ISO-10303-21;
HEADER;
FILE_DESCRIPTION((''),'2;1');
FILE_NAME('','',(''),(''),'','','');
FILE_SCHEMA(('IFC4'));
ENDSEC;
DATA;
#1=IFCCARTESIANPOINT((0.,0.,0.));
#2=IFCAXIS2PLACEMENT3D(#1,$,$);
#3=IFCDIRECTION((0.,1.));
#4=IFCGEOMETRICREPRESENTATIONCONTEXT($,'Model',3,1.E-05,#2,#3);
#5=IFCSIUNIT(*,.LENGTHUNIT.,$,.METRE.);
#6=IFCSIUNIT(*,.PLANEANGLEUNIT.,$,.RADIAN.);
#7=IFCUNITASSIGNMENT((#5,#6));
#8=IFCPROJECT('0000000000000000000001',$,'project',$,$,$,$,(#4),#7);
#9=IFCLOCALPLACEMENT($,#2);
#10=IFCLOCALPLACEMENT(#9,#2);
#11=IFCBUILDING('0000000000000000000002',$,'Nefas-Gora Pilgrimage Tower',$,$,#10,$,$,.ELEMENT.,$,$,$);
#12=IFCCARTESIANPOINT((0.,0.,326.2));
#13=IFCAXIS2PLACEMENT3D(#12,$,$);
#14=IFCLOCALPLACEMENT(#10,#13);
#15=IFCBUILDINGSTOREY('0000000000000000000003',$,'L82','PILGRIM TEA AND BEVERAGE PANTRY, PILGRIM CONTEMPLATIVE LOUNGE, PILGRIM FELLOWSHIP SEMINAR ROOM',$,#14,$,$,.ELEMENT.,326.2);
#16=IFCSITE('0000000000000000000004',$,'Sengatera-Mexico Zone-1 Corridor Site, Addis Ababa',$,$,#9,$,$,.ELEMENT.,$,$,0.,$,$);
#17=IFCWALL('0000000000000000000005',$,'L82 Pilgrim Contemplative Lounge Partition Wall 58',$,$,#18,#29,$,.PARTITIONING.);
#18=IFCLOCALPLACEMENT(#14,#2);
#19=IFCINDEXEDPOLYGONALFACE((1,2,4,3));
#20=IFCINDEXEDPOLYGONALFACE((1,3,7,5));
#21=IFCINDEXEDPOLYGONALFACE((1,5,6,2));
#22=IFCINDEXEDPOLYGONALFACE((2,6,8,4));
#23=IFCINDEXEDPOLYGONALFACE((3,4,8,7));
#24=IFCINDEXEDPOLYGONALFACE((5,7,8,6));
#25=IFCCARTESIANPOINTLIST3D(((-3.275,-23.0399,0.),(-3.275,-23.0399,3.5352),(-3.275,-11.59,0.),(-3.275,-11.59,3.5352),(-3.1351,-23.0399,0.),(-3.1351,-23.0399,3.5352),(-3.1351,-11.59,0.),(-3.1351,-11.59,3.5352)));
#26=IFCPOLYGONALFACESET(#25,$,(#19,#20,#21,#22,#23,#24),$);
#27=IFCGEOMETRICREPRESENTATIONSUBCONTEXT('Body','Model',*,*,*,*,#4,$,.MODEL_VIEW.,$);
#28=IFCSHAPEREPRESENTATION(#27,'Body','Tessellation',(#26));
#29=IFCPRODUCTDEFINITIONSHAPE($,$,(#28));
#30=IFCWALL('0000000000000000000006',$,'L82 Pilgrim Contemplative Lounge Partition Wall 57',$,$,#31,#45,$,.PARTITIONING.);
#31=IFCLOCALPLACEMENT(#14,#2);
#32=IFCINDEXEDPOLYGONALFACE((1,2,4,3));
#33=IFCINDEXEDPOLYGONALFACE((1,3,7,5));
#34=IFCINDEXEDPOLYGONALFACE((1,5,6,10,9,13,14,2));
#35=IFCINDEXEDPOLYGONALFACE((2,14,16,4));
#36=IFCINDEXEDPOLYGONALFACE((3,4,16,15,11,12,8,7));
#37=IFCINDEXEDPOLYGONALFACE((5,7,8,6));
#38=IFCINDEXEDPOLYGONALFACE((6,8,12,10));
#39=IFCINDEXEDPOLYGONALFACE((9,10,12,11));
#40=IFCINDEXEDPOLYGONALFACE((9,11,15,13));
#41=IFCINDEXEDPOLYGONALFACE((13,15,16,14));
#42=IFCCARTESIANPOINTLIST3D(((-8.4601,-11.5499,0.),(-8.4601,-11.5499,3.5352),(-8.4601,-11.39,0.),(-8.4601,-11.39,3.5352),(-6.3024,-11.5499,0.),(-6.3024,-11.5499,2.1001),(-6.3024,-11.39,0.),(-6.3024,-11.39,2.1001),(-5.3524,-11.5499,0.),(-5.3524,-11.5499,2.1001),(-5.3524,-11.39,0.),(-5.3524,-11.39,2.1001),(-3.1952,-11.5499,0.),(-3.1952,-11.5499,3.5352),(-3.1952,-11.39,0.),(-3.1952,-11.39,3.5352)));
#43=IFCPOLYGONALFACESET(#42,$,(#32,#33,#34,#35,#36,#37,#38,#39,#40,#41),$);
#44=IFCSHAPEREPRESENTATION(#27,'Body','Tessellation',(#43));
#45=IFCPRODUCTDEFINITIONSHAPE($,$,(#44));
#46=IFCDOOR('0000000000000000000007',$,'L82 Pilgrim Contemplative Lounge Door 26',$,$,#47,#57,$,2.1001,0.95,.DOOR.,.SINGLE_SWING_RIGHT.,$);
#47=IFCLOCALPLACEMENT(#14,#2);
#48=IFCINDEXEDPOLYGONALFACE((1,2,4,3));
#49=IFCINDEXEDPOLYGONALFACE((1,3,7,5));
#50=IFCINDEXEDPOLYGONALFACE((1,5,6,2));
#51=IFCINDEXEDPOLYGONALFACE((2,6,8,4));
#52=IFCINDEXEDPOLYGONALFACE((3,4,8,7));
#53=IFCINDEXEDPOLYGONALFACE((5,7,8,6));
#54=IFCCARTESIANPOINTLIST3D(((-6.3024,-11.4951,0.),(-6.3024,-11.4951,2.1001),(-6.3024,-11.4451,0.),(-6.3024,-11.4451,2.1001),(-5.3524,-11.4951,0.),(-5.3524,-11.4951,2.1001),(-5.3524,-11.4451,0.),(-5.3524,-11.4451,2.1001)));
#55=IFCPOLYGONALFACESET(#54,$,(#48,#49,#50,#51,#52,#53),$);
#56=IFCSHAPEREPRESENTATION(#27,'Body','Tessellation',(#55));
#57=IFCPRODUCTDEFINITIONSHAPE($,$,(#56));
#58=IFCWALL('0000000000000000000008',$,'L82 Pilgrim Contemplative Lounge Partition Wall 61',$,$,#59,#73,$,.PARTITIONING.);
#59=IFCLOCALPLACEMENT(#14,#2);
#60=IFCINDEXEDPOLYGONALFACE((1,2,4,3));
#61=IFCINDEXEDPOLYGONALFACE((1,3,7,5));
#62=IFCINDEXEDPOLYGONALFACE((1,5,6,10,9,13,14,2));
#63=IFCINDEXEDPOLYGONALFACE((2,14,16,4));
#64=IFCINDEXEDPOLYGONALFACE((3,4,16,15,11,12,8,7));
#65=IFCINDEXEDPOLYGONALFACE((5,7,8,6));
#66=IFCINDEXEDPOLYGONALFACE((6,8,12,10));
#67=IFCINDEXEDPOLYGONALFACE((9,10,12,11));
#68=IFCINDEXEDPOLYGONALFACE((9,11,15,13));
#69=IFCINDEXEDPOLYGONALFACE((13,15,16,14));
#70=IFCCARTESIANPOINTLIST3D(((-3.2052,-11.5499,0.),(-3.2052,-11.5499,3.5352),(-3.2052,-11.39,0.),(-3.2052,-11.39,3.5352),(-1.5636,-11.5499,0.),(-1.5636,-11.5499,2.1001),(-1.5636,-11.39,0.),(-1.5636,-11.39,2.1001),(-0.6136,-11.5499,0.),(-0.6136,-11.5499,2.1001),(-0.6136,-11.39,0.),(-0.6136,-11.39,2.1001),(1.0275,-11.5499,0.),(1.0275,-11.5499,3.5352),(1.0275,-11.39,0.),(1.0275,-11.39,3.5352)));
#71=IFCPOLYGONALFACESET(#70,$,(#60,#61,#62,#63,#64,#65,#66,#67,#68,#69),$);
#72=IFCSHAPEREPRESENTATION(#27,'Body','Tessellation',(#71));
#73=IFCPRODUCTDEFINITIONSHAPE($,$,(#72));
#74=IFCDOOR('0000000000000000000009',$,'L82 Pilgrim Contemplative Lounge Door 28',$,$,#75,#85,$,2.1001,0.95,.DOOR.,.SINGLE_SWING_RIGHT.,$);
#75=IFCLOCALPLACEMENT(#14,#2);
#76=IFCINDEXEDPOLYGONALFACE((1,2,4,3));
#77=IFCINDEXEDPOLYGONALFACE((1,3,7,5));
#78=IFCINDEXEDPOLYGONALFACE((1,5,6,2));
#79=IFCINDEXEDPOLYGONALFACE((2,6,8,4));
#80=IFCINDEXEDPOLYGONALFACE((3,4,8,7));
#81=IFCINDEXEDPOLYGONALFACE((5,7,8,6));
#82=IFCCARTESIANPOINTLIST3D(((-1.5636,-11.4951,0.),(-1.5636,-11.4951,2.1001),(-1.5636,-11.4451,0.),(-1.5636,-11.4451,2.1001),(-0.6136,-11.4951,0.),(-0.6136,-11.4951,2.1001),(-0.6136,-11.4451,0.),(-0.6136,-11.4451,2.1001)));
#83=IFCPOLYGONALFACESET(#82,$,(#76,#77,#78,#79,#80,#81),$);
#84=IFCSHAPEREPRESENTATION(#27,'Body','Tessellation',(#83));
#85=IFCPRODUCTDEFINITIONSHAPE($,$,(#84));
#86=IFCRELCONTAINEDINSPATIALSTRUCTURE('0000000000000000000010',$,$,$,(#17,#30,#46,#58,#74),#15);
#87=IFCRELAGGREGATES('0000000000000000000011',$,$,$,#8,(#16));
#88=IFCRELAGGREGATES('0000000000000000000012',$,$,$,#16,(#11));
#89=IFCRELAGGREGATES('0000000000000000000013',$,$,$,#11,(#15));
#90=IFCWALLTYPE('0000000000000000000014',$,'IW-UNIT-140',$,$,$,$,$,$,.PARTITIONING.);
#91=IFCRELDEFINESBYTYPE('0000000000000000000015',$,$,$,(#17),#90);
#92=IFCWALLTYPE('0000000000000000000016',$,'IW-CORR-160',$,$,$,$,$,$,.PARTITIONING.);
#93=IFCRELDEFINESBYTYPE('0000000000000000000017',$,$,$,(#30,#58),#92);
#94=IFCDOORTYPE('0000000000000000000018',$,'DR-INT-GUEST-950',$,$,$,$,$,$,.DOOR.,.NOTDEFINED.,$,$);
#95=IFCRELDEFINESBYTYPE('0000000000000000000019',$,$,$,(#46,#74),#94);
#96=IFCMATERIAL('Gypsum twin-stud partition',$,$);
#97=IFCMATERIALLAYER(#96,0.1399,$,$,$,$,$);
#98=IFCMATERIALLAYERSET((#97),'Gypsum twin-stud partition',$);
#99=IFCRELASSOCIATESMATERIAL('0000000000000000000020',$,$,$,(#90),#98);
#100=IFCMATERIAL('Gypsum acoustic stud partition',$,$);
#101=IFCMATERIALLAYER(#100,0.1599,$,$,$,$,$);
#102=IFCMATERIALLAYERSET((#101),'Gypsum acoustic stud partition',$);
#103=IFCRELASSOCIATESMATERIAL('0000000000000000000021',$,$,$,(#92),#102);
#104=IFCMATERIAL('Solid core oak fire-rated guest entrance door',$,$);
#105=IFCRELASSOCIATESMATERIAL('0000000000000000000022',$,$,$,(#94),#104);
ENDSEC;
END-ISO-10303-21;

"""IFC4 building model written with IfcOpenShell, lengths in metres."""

from ifc_helpers import new_model, si_unit, direction, frame, frame_2d, origin, place, context, subcontext, project, spatial, rectangle, extrude, source, transform, mapped, material, layer, layer_set, type_object, element, fill, save


model = new_model("IFC4")

# Units and contexts
model_context = context("Model", 3, precision=1e-05, world=origin(), true_north=direction((0.0, 1.0)))
body_context = subcontext(model_context, "Body", "Model", "MODEL_VIEW")
ifc_project = project(units=[si_unit("LENGTHUNIT", "METRE"), si_unit("PLANEANGLEUNIT", "RADIAN")], contexts=[model_context])

# Site, building, storey
site_placement = place(None, origin())
site = spatial("IfcSite", under=ifc_project, at=site_placement, Name="Sengatera-Mexico Zone-1 Corridor Site, Addis Ababa", CompositionType="ELEMENT", RefElevation=0.0)
building_placement = place(site_placement, origin())
building = spatial("IfcBuilding", under=site, at=building_placement, Name="Nefas-Gora Pilgrimage Tower", CompositionType="ELEMENT")
storey_placement = place(building_placement, frame((0.0, 0.0, 326.2)))
storey = spatial("IfcBuildingStorey", under=building, at=storey_placement, Name="L82", Description="PILGRIM TEA AND BEVERAGE PANTRY, PILGRIM CONTEMPLATIVE LOUNGE, PILGRIM FELLOWSHIP SEMINAR ROOM", CompositionType="ELEMENT", Elevation=326.2)

# Wall
ifc_material_1 = material(Name="Gypsum twin-stud partition")
ifc_layer_1 = layer(ifc_material_1, 0.1399)
ifc_layer_set_1 = layer_set([ifc_layer_1], Name="Gypsum twin-stud partition")
wall_type_1 = type_object("IfcWallType", Name="IW-UNIT-140", PredefinedType="PARTITIONING", material=ifc_layer_set_1)
shared_shape_1 = source(origin(), body_context, "Body", "SweptSolid", [
    extrude(rectangle(XDim=11.45, YDim=0.1399, at=frame_2d((5.7251, 0.0))), origin(), (0.0, 0.0, 1.0), 3.5352),
])
for number, where, z_axis, x_axis, name in (
    (1, (-3.2051, -23.04, 0.0), (0.0, 0.0, 1.0), (0.0, 1.0, 0.0), "L82 Pilgrim Contemplative Lounge Partition Wall 58"),
):
    element("IfcWall", number, at=place(storey_placement, frame(where, z_axis=z_axis, x_axis=x_axis)), inside=storey, type_object=wall_type_1, Name=name, PredefinedType="PARTITIONING", context=body_context, shape_type="MappedRepresentation", body=[
        mapped(shared_shape_1, transform((0.0, 0.0, 0.0), x_axis=(1.0, 0.0, 0.0), y_axis=(0.0, 1.0, 0.0), z_axis=(0.0, 0.0, 1.0), scale=1.0)),
    ])

# Walls, openings, doors
ifc_material_2 = material(Name="Gypsum acoustic stud partition")
ifc_layer_2 = layer(ifc_material_2, 0.1599)
ifc_layer_set_2 = layer_set([ifc_layer_2], Name="Gypsum acoustic stud partition")
wall_type_2 = type_object("IfcWallType", Name="IW-CORR-160", PredefinedType="PARTITIONING", material=ifc_layer_set_2)
shared_shape_2 = source(origin(), body_context, "Body", "SweptSolid", [
    extrude(rectangle(XDim=5.2649, YDim=0.1599, at=frame_2d((2.6323, 0.0))), origin(), (0.0, 0.0, 1.0), 3.5352),
])
wall_1_placement = place(storey_placement, frame((-8.46, -11.47, 0.0), z_axis=(0.0, 0.0, 1.0), x_axis=(1.0, 0.0, 0.0)))
wall_1 = element("IfcWall", 2, at=wall_1_placement, inside=storey, type_object=wall_type_2, Name="L82 Pilgrim Contemplative Lounge Partition Wall 57", PredefinedType="PARTITIONING", context=body_context, shape_type="MappedRepresentation", body=[
    mapped(shared_shape_2, transform((0.0, 0.0, 0.0), x_axis=(1.0, 0.0, 0.0), y_axis=(0.0, 1.0, 0.0), z_axis=(0.0, 0.0, 1.0), scale=1.0)),
])
opening_1_placement = place(wall_1_placement, frame((2.1575, 0.0, 0.0)))
opening_1 = element("IfcOpeningElement", 3, at=opening_1_placement, cuts=wall_1, PredefinedType="OPENING", context=body_context, shape_type="SweptSolid", body=[
    extrude(rectangle(XDim=0.95, YDim=2.1001, at=frame_2d((0.4751, 1.05))), frame((0.0, 0.0898, 0.0), z_axis=(0.0, -1.0, 0.0), x_axis=(1.0, 0.0, 0.0)), (0.0, 0.0, 1.0), 0.1799),
])
ifc_material_3 = material(Name="Solid core oak fire-rated guest entrance door")
door_type = type_object("IfcDoorType", Name="DR-INT-GUEST-950", OperationType="NOTDEFINED", PredefinedType="DOOR", material=ifc_material_3)
shared_shape_3 = source(origin(), body_context, "Body", "SweptSolid", [
    extrude(rectangle(XDim=0.95, YDim=2.1001, at=frame_2d((0.4751, 1.05))), frame((0.0, 0.0249, 0.0), z_axis=(0.0, -1.0, 0.0), x_axis=(1.0, 0.0, 0.0)), (0.0, 0.0, 1.0), 0.05),
])
door_1_placement = place(opening_1_placement, origin())
door_1 = element("IfcDoor", 4, at=door_1_placement, inside=storey, type_object=door_type, Name="L82 Pilgrim Contemplative Lounge Door 26", OperationType="SINGLE_SWING_RIGHT", OverallHeight=2.1001, OverallWidth=0.95, PredefinedType="DOOR", context=body_context, shape_type="MappedRepresentation", body=[
    mapped(shared_shape_3, transform((0.0, 0.0, 0.0), x_axis=(1.0, 0.0, 0.0), y_axis=(0.0, 1.0, 0.0), z_axis=(0.0, 0.0, 1.0), scale=1.0)),
])
fill(opening_1, door_1)
shared_shape_4 = source(origin(), body_context, "Body", "SweptSolid", [
    extrude(rectangle(XDim=4.2327, YDim=0.1599, at=frame_2d((2.1162, 0.0))), origin(), (0.0, 0.0, 1.0), 3.5352),
])
wall_2_placement = place(storey_placement, frame((-3.2051, -11.47, 0.0), z_axis=(0.0, 0.0, 1.0), x_axis=(1.0, 0.0, 0.0)))
wall_2 = element("IfcWall", 5, at=wall_2_placement, inside=storey, type_object=wall_type_2, Name="L82 Pilgrim Contemplative Lounge Partition Wall 61", PredefinedType="PARTITIONING", context=body_context, shape_type="MappedRepresentation", body=[
    mapped(shared_shape_4, transform((0.0, 0.0, 0.0), x_axis=(1.0, 0.0, 0.0), y_axis=(0.0, 1.0, 0.0), z_axis=(0.0, 0.0, 1.0), scale=1.0)),
])
opening_2_placement = place(wall_2_placement, frame((1.6414, 0.0, 0.0)))
opening_2 = element("IfcOpeningElement", 6, at=opening_2_placement, cuts=wall_2, PredefinedType="OPENING", context=body_context, shape_type="SweptSolid", body=[
    extrude(rectangle(XDim=0.95, YDim=2.1001, at=frame_2d((0.4751, 1.05))), frame((0.0, 0.0898, 0.0), z_axis=(0.0, -1.0, 0.0), x_axis=(1.0, 0.0, 0.0)), (0.0, 0.0, 1.0), 0.1799),
])
door_2_placement = place(opening_2_placement, origin())
door_2 = element("IfcDoor", 7, at=door_2_placement, inside=storey, type_object=door_type, Name="L82 Pilgrim Contemplative Lounge Door 28", OperationType="SINGLE_SWING_RIGHT", OverallHeight=2.1001, OverallWidth=0.95, PredefinedType="DOOR", context=body_context, shape_type="MappedRepresentation", body=[
    mapped(shared_shape_3, transform((0.0, 0.0, 0.0), x_axis=(1.0, 0.0, 0.0), y_axis=(0.0, 1.0, 0.0), z_axis=(0.0, 0.0, 1.0), scale=1.0)),
])
fill(opening_2, door_2)

save(model, "model.ifc")
